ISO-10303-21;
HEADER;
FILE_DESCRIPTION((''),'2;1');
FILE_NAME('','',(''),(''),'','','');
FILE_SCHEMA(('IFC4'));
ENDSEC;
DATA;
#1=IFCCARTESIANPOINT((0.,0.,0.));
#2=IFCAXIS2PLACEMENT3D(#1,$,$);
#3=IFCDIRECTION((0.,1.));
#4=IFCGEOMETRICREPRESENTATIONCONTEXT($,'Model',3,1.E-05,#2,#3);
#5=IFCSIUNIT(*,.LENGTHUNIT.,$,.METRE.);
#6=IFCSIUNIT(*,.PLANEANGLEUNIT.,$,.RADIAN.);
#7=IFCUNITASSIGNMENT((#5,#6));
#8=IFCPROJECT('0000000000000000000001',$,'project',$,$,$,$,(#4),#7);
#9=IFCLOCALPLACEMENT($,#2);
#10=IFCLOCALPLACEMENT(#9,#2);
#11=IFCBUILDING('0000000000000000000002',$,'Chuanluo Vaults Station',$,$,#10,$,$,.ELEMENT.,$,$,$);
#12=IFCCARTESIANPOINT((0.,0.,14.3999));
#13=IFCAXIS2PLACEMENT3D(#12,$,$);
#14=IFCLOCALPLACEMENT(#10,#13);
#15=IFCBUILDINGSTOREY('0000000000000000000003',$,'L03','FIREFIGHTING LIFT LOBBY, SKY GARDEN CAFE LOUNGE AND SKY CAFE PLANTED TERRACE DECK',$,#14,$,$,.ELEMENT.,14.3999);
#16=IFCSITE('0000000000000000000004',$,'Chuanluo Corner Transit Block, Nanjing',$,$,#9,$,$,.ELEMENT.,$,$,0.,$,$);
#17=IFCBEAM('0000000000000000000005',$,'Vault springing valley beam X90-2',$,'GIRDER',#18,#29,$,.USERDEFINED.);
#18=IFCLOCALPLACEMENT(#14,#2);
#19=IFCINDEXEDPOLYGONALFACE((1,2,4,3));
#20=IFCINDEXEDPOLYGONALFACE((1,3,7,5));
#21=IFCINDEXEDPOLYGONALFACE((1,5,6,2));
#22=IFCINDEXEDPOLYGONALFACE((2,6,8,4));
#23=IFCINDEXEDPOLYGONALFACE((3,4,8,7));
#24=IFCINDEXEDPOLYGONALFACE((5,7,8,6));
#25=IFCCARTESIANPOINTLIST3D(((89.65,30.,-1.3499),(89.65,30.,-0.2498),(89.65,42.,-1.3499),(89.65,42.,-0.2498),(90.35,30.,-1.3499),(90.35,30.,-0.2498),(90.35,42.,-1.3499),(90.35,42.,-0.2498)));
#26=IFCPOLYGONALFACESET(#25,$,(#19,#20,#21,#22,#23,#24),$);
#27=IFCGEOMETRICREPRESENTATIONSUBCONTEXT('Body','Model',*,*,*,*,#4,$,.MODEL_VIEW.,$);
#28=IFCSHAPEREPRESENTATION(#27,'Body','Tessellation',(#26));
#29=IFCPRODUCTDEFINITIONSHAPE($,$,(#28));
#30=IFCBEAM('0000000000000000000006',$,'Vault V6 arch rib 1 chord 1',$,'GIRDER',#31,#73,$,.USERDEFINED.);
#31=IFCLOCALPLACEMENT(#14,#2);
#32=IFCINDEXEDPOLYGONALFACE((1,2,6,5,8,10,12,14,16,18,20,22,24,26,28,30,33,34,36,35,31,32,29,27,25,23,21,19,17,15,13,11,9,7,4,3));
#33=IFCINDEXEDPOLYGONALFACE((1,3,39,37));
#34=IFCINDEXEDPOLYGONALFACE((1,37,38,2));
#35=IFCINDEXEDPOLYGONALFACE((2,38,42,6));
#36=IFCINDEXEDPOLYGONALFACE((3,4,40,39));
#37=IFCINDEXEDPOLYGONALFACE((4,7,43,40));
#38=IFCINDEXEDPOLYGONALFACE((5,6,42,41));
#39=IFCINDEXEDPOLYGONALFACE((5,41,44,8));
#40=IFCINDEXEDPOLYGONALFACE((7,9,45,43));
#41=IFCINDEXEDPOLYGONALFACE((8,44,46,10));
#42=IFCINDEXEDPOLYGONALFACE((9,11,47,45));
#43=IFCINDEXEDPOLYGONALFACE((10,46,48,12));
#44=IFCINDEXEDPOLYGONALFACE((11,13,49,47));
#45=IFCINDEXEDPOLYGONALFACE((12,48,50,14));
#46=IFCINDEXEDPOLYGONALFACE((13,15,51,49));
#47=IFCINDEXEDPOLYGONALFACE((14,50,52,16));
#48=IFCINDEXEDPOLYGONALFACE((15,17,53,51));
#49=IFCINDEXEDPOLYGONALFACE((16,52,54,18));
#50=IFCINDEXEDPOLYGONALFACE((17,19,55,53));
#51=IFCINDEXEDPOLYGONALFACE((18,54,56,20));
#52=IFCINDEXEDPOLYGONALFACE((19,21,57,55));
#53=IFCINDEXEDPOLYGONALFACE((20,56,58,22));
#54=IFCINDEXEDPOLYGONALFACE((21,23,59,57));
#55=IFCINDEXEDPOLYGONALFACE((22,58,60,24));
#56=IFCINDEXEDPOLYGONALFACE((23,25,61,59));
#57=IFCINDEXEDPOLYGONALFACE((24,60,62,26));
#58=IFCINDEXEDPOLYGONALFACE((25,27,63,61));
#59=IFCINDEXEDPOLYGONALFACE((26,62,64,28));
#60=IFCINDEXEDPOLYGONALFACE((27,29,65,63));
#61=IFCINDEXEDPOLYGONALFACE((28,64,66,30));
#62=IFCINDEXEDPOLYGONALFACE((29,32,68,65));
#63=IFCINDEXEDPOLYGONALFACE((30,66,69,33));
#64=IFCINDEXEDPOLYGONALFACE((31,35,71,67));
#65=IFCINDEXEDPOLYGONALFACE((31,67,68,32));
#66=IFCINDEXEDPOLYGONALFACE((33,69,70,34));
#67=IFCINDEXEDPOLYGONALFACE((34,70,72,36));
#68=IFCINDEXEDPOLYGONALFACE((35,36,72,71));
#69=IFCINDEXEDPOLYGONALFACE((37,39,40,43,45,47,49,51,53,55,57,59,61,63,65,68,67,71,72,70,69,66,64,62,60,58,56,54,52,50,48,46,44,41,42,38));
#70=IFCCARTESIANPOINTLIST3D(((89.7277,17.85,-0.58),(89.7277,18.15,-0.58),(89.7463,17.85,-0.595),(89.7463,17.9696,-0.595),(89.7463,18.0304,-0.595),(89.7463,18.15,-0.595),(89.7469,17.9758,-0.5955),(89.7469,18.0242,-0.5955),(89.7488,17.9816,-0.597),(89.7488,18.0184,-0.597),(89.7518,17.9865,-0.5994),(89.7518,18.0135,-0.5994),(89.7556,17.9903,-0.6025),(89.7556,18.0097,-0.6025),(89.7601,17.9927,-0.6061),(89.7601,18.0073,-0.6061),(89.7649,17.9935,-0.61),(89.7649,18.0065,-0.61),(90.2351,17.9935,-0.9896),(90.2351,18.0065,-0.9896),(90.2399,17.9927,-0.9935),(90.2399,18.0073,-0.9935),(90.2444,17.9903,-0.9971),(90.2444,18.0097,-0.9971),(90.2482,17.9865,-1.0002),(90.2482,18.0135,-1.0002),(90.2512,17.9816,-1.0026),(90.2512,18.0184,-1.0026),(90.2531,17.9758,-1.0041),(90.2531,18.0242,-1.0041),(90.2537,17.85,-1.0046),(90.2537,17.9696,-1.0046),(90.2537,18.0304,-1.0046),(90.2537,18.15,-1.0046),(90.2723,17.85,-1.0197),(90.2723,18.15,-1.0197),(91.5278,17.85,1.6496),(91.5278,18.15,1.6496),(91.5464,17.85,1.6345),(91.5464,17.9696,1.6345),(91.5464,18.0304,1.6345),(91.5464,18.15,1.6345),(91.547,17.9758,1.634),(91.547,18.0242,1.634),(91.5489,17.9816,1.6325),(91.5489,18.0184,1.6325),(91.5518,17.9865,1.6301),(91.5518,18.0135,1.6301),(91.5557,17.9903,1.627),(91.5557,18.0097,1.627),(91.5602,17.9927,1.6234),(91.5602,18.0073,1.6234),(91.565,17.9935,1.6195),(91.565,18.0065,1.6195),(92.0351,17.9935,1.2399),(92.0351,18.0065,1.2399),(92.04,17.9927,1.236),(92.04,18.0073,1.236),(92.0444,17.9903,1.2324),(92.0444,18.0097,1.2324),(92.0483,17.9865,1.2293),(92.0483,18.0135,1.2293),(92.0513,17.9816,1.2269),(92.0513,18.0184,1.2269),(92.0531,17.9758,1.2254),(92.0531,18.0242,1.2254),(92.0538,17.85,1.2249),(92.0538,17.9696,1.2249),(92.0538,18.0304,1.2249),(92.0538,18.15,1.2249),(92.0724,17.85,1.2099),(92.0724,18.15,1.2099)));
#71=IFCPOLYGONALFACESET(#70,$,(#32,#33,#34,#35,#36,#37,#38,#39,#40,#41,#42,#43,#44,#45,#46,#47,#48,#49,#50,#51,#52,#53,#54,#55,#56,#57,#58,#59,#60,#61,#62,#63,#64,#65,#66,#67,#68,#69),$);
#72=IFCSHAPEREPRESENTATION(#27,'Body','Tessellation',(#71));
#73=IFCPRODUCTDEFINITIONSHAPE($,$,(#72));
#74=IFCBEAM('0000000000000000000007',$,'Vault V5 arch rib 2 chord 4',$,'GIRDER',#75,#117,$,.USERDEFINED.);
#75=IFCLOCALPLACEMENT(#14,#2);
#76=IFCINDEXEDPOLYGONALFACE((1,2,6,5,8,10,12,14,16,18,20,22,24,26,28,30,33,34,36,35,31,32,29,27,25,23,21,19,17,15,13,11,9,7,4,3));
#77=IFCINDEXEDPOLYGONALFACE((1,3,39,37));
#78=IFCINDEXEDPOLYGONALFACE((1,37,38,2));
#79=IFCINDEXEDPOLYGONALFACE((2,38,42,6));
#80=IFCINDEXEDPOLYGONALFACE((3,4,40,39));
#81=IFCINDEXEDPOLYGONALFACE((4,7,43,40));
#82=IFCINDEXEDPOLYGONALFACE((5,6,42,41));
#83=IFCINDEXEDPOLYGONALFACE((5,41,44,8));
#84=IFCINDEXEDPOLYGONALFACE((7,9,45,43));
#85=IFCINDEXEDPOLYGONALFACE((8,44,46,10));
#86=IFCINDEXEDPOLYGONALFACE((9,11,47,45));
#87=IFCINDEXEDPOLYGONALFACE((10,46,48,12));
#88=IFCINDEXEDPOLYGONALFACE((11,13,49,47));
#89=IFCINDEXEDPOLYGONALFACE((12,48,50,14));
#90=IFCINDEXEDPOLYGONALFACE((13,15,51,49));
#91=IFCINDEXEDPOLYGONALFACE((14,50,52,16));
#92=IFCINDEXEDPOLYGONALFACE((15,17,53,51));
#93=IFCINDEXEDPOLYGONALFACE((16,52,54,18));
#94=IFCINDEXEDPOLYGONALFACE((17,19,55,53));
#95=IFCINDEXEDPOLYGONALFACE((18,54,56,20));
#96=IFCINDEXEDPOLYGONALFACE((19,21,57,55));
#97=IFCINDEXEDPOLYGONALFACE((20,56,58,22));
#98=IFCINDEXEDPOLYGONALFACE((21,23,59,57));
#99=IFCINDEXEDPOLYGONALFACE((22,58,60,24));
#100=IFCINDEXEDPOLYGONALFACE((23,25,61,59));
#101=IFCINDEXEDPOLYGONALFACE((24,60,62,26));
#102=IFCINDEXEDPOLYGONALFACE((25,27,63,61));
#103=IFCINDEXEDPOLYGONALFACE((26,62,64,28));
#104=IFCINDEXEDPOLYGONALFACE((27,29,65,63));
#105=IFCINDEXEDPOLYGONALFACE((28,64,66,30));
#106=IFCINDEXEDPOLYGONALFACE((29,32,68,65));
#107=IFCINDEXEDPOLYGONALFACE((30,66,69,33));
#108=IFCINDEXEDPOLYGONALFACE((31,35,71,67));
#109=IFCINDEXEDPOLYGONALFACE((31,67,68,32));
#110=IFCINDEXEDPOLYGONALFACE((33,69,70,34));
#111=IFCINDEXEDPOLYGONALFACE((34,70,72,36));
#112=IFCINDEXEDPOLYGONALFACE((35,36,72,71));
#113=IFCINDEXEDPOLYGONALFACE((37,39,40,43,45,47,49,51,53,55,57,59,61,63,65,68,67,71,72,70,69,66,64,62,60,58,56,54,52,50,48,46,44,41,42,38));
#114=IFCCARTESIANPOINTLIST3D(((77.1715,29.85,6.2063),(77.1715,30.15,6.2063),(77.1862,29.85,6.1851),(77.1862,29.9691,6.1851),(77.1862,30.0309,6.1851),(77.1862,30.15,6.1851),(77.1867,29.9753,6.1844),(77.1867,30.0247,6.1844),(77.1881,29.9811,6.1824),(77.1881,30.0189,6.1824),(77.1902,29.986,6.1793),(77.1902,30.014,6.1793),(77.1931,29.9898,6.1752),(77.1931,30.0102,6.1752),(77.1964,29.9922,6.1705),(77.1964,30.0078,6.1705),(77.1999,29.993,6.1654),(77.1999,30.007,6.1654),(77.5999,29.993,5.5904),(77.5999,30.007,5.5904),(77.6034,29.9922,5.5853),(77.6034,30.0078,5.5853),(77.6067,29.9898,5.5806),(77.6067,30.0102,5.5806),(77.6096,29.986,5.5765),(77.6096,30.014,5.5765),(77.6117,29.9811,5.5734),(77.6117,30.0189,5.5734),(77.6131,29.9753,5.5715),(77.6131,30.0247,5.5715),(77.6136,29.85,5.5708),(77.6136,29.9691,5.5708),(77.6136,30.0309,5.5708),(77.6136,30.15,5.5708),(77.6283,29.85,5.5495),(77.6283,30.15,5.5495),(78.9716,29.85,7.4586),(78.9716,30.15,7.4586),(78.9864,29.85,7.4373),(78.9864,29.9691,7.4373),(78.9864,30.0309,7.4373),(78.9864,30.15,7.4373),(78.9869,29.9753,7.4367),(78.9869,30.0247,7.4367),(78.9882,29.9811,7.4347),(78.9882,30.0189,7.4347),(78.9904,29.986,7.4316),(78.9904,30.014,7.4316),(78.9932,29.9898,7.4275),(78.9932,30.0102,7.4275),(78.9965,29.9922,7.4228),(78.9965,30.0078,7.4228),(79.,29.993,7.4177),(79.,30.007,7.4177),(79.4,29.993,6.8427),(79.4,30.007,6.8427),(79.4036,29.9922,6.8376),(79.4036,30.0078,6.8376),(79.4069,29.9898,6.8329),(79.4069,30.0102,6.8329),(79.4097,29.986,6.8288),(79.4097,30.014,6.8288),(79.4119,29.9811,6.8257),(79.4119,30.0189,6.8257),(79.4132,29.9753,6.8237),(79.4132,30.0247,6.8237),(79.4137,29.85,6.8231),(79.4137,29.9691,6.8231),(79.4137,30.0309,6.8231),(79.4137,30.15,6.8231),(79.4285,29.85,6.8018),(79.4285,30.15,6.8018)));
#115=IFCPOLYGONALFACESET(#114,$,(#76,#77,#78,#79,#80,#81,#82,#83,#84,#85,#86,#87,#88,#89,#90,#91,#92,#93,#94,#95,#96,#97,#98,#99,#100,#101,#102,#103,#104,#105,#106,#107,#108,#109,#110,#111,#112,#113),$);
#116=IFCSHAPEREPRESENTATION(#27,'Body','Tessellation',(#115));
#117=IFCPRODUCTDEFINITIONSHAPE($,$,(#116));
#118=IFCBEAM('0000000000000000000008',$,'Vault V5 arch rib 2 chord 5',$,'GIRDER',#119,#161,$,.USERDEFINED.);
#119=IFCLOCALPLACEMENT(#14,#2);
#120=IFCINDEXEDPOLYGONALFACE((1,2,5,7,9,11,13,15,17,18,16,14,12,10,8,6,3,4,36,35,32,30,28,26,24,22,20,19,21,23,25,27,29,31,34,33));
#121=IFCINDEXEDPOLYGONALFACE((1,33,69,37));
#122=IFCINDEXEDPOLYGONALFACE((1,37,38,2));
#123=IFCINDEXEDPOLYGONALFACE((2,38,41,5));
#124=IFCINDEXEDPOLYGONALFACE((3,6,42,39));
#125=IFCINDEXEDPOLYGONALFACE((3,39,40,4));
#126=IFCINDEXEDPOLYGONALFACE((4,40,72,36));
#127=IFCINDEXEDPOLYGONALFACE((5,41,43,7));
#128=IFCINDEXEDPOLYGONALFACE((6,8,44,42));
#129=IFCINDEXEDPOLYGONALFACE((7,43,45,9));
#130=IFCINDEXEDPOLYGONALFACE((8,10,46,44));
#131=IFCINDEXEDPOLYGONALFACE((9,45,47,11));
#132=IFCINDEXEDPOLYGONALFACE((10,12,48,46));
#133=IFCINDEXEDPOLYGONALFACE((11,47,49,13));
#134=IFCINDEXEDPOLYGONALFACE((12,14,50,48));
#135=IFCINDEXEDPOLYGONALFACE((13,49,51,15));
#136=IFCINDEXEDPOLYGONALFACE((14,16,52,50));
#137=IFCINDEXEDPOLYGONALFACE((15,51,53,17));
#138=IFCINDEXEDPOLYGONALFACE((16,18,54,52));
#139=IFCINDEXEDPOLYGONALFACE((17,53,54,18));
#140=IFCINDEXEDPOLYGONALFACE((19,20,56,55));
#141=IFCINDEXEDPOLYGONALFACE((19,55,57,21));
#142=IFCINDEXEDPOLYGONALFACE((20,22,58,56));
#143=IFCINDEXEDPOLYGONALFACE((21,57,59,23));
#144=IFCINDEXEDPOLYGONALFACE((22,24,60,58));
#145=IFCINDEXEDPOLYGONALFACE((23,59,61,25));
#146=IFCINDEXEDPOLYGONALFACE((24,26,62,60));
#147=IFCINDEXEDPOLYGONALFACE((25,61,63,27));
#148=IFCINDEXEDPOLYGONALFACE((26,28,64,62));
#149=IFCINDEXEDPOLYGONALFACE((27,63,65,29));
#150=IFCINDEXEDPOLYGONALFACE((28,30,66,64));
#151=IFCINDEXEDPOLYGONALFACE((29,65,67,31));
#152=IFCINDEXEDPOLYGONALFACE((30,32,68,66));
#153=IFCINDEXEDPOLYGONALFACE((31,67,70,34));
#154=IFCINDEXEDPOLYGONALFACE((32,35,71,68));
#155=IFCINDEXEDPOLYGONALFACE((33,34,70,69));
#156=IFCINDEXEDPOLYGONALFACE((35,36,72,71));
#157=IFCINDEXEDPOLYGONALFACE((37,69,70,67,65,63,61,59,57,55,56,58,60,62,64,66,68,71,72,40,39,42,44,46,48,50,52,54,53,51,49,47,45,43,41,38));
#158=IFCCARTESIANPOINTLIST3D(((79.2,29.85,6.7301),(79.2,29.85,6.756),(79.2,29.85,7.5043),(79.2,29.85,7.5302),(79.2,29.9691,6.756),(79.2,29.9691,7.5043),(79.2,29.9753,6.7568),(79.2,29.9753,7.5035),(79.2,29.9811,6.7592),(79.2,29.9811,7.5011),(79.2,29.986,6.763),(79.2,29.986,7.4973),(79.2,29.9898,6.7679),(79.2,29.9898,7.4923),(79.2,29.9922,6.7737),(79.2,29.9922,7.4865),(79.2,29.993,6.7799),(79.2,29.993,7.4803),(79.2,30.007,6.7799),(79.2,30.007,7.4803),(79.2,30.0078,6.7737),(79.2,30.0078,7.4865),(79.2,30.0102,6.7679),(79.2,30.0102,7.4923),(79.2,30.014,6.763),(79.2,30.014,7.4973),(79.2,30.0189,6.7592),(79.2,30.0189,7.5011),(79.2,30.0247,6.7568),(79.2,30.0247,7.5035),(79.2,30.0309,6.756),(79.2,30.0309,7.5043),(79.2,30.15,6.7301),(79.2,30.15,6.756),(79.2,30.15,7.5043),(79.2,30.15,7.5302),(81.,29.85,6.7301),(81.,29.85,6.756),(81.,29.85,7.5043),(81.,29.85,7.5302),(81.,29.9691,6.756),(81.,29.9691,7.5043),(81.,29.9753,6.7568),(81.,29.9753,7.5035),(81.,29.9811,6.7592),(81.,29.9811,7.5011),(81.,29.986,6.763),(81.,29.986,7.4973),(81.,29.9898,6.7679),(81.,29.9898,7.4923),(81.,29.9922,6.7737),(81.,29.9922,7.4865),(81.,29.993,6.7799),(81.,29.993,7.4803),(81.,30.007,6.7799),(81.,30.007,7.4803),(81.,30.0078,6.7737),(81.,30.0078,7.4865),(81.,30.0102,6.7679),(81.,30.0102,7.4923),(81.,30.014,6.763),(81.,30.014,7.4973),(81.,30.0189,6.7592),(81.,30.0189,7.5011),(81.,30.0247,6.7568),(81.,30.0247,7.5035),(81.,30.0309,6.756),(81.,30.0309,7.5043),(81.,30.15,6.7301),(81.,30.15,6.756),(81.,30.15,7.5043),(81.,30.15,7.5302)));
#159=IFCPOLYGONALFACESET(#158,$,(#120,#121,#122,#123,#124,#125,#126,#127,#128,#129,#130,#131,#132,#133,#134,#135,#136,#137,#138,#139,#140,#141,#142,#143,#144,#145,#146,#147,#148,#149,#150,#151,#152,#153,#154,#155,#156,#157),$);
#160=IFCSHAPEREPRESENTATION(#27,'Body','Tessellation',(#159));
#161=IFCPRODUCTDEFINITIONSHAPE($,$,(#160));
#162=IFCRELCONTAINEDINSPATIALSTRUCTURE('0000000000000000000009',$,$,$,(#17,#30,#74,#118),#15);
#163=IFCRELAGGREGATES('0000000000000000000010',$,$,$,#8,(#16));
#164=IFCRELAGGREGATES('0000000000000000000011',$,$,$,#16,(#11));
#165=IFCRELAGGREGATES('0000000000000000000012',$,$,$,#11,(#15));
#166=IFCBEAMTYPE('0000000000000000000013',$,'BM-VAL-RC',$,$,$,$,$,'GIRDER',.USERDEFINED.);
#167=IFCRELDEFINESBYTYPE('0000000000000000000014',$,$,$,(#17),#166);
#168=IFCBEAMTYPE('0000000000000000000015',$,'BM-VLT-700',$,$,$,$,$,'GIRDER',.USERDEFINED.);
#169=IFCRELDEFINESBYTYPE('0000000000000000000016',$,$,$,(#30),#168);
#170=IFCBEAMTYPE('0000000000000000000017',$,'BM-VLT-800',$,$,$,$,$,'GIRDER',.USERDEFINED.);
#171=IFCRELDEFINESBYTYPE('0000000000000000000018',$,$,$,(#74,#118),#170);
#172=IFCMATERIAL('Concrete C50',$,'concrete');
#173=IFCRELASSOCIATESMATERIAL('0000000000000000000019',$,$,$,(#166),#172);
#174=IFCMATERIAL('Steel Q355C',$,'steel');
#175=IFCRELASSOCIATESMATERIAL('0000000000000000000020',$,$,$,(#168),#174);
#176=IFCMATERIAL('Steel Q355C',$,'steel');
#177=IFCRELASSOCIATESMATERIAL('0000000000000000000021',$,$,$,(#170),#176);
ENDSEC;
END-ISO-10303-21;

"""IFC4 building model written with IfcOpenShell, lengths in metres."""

from ifc_helpers import new_model, si_unit, direction, frame, origin, origin_2d, place, context, subcontext, project, spatial, rectangle, i_section, extrude, material, material_profile, profile_set, type_object, element, save


model = new_model("IFC4")

# Units and contexts
model_context = context("Model", 3, precision=1e-05, world=origin(), true_north=direction((0.0, 1.0)))
body_context = subcontext(model_context, "Body", "Model", "MODEL_VIEW")
ifc_project = project(units=[si_unit("LENGTHUNIT", "METRE"), si_unit("PLANEANGLEUNIT", "RADIAN")], contexts=[model_context])

# Site, building, storey
site_placement = place(None, origin())
site = spatial("IfcSite", under=ifc_project, at=site_placement, Name="Chuanluo Corner Transit Block, Nanjing", CompositionType="ELEMENT", RefElevation=0.0)
building_placement = place(site_placement, origin())
building = spatial("IfcBuilding", under=site, at=building_placement, Name="Chuanluo Vaults Station", CompositionType="ELEMENT")
storey_placement = place(building_placement, frame((0.0, 0.0, 14.3999)))
storey = spatial("IfcBuildingStorey", under=building, at=storey_placement, Name="L03", Description="FIREFIGHTING LIFT LOBBY, SKY GARDEN CAFE LOUNGE AND SKY CAFE PLANTED TERRACE DECK", CompositionType="ELEMENT", Elevation=14.3999)

# Beams
ifc_material_1 = material(Name="Concrete C50", Category="concrete")
ifc_material_profile_1 = material_profile(ifc_material_1, rectangle(XDim=0.7, YDim=1.1001, at=origin_2d()))
ifc_profile_set_1 = profile_set([ifc_material_profile_1], Name="Concrete C50")
beam_type_1 = type_object("IfcBeamType", Name="BM-VAL-RC", ElementType="GIRDER", PredefinedType="USERDEFINED", material=ifc_profile_set_1)
beam_1_placement = place(storey_placement, frame((90.0, 30.0, -0.7998), z_axis=(0.0, 1.0, 0.0), x_axis=(-1.0, 0.0, 0.0)))
element("IfcBeam", 1, at=beam_1_placement, inside=storey, type_object=beam_type_1, Name="Vault springing valley beam X90-2", ObjectType="GIRDER", PredefinedType="USERDEFINED", context=body_context, shape_type="SweptSolid", body=[
    extrude(rectangle(XDim=0.7, YDim=1.1001, at=origin_2d()), origin(), (0.0, 0.0, 1.0), 12.0),
])
ifc_material_2 = material(Name="Steel Q355C", Category="steel")
ifc_material_profile_2 = material_profile(ifc_material_2, i_section(OverallWidth=0.3, OverallDepth=0.7, WebThickness=0.0129, FlangeThickness=0.0239, FilletRadius=0.0239, at=origin_2d()))
ifc_profile_set_2 = profile_set([ifc_material_profile_2], Name="Steel Q355C")
beam_type_2 = type_object("IfcBeamType", Name="BM-VLT-700", ElementType="GIRDER", PredefinedType="USERDEFINED", material=ifc_profile_set_2)
beam_2_placement = place(storey_placement, frame((90.0, 18.0, -0.7998), z_axis=(0.62819, 0.0, 0.77806), x_axis=(0.0, 1.0, 0.0)))
element("IfcBeam", 2, at=beam_2_placement, inside=storey, type_object=beam_type_2, Name="Vault V6 arch rib 1 chord 1", ObjectType="GIRDER", PredefinedType="USERDEFINED", context=body_context, shape_type="SweptSolid", body=[
    extrude(i_section(OverallWidth=0.3, OverallDepth=0.7, WebThickness=0.0129, FlangeThickness=0.0239, FilletRadius=0.0239, at=origin_2d()), origin(), (0.0, 0.0, 1.0), 2.8655),
])
ifc_material_3 = material(Name="Steel Q355C", Category="steel")
ifc_material_profile_3 = material_profile(ifc_material_3, i_section(OverallWidth=0.3, OverallDepth=0.8, WebThickness=0.0139, FlangeThickness=0.0259, FilletRadius=0.0239, at=origin_2d()))
ifc_profile_set_3 = profile_set([ifc_material_profile_3], Name="Steel Q355C")
beam_type_3 = type_object("IfcBeamType", Name="BM-VLT-800", ElementType="GIRDER", PredefinedType="USERDEFINED", material=ifc_profile_set_3)
beam_3_placement = place(storey_placement, frame((77.3999, 30.0, 5.8779), z_axis=(0.820907, 0.0, 0.571061), x_axis=(0.0, 1.0, 0.0)))
element("IfcBeam", 3, at=beam_3_placement, inside=storey, type_object=beam_type_3, Name="Vault V5 arch rib 2 chord 4", ObjectType="GIRDER", PredefinedType="USERDEFINED", context=body_context, shape_type="SweptSolid", body=[
    extrude(i_section(OverallWidth=0.3, OverallDepth=0.8, WebThickness=0.0139, FlangeThickness=0.0259, FilletRadius=0.0239, at=origin_2d()), origin(), (0.0, 0.0, 1.0), 2.1929),
])
for number, where, z_axis, x_axis, name in (
    (4, (79.2, 30.0, 7.1301), (1.0, 0.0, 0.0), (0.0, 1.0, 0.0), "Vault V5 arch rib 2 chord 5"),
):
    element("IfcBeam", number, at=place(storey_placement, frame(where, z_axis=z_axis, x_axis=x_axis)), inside=storey, type_object=beam_type_3, Name=name, ObjectType="GIRDER", PredefinedType="USERDEFINED", context=body_context, shape_type="SweptSolid", body=[
        extrude(i_section(OverallWidth=0.3, OverallDepth=0.8, WebThickness=0.0139, FlangeThickness=0.0259, FilletRadius=0.0239, at=origin_2d()), origin(), (0.0, 0.0, 1.0), 1.8),
    ])

save(model, "model.ifc")
